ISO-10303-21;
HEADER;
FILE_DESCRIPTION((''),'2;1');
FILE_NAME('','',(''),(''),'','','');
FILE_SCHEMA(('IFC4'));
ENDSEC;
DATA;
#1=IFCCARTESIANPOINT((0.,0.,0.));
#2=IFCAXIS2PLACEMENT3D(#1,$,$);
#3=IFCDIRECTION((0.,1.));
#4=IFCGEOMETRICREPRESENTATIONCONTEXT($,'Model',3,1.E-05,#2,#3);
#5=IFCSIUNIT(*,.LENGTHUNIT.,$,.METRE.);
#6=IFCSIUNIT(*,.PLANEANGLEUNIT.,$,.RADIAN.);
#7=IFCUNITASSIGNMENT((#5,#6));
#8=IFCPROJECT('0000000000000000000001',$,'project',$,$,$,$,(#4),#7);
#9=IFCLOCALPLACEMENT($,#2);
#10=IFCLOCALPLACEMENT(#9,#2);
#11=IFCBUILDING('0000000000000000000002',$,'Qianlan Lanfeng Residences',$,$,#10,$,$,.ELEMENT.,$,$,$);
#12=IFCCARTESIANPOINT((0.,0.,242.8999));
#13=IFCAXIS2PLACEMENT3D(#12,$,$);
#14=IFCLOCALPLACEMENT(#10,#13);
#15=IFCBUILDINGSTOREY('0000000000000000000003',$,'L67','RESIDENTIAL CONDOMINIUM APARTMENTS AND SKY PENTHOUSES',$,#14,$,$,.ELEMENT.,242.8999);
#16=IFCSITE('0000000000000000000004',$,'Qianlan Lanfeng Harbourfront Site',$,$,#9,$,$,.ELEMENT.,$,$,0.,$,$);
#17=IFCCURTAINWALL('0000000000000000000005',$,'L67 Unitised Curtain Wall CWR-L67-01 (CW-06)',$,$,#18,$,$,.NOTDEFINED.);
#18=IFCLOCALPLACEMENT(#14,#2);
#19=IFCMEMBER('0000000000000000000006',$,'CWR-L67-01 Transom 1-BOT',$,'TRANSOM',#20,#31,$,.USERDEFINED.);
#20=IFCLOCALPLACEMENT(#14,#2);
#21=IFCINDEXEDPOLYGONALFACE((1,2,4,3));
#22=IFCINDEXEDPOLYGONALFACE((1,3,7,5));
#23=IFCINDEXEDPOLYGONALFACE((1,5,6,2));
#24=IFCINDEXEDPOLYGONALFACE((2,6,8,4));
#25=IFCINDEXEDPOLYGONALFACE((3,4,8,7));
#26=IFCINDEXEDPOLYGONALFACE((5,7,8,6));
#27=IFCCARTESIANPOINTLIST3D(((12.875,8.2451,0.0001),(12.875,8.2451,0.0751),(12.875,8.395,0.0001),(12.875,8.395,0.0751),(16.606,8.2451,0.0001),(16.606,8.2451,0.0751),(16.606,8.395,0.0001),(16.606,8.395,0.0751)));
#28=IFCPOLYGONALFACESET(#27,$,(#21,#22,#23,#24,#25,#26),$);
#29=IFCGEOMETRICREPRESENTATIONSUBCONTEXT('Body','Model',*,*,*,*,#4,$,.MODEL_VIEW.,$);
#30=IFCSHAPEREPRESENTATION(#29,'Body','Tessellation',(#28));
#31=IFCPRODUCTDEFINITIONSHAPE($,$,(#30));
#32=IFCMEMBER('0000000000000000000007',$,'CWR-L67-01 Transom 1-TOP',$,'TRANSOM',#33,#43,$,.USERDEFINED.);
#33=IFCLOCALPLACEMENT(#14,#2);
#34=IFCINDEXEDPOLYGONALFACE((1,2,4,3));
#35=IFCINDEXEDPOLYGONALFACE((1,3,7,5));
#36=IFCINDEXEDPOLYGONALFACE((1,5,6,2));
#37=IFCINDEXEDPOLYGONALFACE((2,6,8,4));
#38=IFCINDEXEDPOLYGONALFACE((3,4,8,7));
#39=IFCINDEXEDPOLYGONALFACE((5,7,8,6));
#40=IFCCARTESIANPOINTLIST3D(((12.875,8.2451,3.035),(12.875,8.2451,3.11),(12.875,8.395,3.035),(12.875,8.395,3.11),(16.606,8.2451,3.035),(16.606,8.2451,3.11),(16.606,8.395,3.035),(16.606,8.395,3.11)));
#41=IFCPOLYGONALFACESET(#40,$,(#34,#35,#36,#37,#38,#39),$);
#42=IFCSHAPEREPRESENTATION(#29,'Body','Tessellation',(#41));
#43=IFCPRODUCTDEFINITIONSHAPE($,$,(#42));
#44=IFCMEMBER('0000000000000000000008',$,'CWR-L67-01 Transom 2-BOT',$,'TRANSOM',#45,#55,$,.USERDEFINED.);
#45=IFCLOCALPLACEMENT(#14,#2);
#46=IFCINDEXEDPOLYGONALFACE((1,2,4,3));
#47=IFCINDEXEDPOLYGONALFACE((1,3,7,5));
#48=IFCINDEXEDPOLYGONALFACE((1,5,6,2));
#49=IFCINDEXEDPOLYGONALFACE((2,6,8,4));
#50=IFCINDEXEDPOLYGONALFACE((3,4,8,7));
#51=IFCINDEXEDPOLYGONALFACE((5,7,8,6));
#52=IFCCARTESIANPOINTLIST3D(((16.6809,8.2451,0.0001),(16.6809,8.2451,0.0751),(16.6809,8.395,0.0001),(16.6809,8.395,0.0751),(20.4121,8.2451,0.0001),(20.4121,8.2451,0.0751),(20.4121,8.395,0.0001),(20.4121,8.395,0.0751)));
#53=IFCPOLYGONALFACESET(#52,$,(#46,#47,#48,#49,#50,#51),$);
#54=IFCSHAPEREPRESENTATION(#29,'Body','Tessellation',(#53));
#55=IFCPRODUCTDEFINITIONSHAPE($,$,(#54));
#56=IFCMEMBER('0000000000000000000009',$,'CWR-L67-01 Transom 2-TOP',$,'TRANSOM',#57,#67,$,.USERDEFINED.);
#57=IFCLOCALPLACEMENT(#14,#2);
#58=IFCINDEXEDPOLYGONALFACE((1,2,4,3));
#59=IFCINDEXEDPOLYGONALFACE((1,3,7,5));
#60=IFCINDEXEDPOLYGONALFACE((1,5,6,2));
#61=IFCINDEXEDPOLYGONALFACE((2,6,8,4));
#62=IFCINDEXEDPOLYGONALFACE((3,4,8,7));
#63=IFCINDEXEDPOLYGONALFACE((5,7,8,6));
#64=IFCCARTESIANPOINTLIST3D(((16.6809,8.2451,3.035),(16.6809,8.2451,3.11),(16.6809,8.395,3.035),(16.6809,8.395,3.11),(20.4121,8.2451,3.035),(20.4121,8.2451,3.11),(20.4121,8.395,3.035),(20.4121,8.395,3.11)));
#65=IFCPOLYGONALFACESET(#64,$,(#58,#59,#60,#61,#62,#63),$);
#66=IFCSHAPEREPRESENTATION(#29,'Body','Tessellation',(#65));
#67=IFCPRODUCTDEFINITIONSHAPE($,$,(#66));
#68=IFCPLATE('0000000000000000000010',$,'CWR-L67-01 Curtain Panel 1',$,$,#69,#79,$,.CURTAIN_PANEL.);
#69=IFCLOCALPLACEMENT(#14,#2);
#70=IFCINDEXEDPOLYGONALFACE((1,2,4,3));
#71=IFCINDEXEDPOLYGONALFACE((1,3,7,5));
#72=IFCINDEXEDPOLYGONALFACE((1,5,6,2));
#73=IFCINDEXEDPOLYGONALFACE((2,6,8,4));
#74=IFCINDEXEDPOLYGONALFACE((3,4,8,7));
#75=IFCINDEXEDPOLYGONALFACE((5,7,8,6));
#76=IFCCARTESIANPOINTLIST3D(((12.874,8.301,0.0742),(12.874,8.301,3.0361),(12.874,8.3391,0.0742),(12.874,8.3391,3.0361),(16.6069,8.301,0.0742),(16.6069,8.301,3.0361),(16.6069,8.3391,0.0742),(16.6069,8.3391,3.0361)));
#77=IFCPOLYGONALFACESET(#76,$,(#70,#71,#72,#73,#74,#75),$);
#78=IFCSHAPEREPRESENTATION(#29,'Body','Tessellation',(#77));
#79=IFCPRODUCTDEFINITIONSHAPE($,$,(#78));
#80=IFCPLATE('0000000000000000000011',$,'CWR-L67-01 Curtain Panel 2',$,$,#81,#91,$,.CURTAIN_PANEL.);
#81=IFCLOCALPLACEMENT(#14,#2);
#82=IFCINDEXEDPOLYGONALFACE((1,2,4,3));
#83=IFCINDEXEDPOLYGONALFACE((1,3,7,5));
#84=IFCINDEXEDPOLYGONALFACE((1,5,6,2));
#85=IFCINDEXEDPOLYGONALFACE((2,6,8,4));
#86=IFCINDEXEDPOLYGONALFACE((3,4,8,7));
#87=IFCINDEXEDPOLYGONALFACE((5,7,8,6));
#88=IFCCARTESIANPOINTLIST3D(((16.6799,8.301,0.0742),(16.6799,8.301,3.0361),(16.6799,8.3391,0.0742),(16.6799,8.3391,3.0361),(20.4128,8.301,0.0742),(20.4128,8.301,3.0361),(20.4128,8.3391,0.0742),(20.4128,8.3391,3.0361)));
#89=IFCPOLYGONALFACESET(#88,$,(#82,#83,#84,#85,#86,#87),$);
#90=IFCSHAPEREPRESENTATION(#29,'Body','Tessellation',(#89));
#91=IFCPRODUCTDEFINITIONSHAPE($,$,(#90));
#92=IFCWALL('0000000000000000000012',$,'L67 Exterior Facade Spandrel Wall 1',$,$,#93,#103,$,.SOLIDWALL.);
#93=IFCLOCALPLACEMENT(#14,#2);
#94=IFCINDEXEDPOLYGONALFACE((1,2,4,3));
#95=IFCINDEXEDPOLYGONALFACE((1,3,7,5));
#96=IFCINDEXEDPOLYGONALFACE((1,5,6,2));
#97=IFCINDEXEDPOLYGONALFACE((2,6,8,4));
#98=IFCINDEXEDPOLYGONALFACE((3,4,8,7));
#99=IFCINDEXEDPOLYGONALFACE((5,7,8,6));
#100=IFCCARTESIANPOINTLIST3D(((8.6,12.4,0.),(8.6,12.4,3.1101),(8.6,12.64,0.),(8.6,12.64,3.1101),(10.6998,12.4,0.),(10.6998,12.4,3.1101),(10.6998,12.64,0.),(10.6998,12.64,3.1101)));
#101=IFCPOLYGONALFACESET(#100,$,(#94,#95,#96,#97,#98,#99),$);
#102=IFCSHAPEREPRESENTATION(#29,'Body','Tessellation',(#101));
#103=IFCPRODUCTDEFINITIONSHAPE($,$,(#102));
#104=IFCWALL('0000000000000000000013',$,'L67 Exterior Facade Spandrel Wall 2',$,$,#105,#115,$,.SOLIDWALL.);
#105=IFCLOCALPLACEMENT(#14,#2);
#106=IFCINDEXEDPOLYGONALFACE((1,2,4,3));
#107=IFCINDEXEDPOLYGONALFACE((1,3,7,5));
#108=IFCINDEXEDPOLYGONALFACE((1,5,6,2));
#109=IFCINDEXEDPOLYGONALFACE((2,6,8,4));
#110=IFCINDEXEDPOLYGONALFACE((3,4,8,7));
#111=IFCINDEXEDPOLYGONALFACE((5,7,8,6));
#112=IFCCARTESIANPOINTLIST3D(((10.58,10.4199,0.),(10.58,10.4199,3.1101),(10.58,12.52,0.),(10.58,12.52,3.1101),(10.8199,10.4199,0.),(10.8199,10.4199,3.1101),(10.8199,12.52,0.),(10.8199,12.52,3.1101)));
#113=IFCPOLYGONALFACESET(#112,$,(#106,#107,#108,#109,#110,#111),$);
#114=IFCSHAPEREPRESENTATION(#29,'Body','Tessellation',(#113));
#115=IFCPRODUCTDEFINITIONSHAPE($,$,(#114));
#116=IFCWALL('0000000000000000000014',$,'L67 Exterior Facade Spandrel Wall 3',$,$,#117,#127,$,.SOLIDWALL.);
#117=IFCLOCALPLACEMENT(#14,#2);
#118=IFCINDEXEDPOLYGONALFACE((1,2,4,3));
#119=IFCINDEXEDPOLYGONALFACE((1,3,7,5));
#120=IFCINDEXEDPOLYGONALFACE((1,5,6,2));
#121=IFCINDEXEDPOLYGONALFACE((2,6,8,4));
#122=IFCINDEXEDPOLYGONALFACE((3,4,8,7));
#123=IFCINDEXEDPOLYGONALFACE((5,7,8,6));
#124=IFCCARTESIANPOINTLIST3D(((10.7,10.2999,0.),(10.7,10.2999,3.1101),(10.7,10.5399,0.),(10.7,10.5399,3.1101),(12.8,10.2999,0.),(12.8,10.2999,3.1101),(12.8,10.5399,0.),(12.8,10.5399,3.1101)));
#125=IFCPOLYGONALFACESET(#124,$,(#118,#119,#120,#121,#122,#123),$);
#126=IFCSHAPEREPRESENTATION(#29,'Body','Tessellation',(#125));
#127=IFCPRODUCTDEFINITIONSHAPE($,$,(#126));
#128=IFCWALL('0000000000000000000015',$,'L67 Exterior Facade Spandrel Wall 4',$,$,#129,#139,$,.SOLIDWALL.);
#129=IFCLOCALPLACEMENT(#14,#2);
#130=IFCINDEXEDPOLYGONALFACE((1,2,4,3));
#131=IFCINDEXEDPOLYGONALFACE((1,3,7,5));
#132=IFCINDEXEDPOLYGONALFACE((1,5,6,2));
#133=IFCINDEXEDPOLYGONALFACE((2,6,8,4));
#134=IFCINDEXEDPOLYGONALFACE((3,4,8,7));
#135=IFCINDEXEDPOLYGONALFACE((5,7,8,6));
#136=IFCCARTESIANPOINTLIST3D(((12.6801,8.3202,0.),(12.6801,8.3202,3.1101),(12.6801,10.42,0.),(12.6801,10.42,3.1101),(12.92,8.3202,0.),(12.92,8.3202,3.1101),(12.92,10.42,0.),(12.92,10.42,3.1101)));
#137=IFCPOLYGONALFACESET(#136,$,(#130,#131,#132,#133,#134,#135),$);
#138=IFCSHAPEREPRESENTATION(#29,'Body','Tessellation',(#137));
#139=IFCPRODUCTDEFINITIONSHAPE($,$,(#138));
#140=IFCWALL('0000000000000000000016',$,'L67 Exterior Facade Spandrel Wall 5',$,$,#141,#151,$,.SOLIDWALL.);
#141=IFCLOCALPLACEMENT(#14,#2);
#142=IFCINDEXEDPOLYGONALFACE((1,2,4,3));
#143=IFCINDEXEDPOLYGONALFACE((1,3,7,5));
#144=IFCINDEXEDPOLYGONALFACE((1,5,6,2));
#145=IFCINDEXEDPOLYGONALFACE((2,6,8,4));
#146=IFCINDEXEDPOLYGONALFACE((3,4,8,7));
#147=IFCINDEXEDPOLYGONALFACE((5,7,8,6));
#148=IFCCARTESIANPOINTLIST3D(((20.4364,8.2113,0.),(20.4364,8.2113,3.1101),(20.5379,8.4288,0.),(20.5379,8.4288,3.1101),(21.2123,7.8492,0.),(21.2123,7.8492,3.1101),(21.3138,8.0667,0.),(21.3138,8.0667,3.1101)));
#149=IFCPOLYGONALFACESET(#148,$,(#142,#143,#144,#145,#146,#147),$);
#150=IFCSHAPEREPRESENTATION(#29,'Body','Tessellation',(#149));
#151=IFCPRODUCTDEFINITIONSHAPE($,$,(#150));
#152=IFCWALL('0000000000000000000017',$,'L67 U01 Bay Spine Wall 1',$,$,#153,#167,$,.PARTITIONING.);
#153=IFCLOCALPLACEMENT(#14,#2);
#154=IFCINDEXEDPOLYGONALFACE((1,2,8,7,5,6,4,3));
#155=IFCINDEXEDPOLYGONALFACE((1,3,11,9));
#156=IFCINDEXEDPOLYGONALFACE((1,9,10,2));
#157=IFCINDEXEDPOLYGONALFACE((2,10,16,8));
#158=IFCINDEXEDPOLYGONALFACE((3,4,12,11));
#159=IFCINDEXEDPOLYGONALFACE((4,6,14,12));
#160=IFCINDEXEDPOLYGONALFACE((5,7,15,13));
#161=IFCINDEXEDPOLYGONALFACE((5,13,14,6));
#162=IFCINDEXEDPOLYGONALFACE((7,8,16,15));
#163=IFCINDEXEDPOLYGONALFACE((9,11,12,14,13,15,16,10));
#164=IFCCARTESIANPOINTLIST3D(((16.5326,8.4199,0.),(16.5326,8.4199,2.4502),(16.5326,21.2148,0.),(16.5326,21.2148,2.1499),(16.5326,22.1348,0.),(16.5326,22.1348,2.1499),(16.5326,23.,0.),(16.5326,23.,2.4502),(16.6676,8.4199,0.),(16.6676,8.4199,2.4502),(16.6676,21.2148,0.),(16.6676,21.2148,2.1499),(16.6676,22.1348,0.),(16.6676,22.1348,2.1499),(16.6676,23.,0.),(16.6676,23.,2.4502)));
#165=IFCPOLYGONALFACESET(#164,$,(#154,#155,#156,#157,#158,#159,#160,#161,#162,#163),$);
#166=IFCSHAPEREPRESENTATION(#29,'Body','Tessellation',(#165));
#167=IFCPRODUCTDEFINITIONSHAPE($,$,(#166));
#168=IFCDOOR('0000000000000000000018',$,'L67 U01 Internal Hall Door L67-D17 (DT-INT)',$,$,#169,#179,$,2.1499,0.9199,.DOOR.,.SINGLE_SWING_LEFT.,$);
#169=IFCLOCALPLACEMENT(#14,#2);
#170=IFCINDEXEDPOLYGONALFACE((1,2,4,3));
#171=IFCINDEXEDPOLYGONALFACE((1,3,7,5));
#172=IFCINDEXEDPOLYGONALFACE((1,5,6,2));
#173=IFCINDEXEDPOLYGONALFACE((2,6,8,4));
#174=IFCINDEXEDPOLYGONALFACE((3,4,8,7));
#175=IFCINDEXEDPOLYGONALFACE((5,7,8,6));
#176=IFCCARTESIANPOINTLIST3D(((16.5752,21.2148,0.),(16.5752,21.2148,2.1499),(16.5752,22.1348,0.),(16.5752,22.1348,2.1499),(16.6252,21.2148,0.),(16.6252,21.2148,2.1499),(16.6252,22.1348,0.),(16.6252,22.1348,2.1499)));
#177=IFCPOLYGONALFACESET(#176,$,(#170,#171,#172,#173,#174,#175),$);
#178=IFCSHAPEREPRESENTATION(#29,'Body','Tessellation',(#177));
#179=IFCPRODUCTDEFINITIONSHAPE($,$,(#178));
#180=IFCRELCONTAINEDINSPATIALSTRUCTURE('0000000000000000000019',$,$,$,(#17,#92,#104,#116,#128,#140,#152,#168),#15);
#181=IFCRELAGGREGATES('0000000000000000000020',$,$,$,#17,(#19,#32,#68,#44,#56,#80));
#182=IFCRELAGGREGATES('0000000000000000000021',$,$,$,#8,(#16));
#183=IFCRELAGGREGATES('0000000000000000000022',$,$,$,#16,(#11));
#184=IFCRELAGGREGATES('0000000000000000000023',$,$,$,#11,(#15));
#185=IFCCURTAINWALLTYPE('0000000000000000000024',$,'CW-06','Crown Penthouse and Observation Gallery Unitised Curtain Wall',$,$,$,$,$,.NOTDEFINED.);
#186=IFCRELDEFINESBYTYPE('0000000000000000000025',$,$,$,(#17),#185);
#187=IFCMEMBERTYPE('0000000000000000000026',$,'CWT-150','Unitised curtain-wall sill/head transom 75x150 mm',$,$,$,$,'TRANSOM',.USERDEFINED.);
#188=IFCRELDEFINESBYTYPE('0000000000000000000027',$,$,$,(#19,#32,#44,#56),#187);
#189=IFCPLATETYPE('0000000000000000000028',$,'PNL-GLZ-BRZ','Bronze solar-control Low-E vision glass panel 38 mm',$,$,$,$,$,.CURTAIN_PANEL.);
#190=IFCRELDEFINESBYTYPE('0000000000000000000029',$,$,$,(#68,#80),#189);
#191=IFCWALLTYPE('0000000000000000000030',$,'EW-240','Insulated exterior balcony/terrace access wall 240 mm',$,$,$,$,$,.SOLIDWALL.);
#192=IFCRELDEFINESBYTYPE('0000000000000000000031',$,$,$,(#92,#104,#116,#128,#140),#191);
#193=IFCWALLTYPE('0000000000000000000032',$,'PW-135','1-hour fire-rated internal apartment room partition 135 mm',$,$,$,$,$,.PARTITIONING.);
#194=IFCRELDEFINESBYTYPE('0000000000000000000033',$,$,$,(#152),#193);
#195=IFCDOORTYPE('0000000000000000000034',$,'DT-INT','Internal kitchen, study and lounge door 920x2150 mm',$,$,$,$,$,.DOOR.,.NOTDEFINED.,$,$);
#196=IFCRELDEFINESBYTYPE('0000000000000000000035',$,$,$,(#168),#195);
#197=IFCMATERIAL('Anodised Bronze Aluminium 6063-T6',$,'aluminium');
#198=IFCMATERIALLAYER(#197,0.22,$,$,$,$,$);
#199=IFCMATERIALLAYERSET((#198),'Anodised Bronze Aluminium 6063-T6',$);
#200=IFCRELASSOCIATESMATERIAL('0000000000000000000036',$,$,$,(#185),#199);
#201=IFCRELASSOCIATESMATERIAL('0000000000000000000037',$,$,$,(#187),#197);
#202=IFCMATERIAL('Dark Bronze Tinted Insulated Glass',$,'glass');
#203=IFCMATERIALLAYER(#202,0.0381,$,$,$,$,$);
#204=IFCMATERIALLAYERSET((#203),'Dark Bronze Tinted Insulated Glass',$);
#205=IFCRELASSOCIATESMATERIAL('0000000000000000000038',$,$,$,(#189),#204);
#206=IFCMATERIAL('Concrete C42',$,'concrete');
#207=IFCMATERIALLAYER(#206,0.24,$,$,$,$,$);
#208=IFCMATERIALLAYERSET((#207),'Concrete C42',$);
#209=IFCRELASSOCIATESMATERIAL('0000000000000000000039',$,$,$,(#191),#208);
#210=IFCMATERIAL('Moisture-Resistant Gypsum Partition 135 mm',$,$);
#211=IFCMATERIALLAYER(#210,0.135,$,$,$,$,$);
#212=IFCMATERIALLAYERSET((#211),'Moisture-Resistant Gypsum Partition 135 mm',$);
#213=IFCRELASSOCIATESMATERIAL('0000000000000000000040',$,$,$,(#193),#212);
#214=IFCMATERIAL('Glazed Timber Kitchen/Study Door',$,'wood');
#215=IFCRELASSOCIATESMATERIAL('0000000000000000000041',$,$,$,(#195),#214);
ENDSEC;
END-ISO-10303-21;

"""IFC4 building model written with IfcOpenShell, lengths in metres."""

from ifc_helpers import new_model, si_unit, direction, frame, frame_2d, origin, origin_2d, place, context, subcontext, project, spatial, rectangle, extrude, source, transform, mapped, material, layer, layer_set, material_profile, profile_set, type_object, element, fill, aggregate, save


model = new_model("IFC4")

# Units and contexts
model_context = context("Model", 3, precision=1e-05, world=origin(), true_north=direction((0.0, 1.0)))
body_context = subcontext(model_context, "Body", "Model", "MODEL_VIEW")
ifc_project = project(units=[si_unit("LENGTHUNIT", "METRE"), si_unit("PLANEANGLEUNIT", "RADIAN")], contexts=[model_context])

# Site, building, storey
site_placement = place(None, origin())
site = spatial("IfcSite", under=ifc_project, at=site_placement, Name="Qianlan Lanfeng Harbourfront Site", CompositionType="ELEMENT", RefElevation=0.0)
building_placement = place(site_placement, origin())
building = spatial("IfcBuilding", under=site, at=building_placement, Name="Qianlan Lanfeng Residences", CompositionType="ELEMENT")
storey_placement = place(building_placement, frame((0.0, 0.0, 242.8999)))
storey = spatial("IfcBuildingStorey", under=building, at=storey_placement, Name="L67", Description="RESIDENTIAL CONDOMINIUM APARTMENTS AND SKY PENTHOUSES", CompositionType="ELEMENT", Elevation=242.8999)

# Curtain wall
ifc_material_1 = material(Name="Anodised Bronze Aluminium 6063-T6", Category="aluminium")
ifc_layer_1 = layer(ifc_material_1, 0.22)
ifc_layer_set_1 = layer_set([ifc_layer_1], Name="Anodised Bronze Aluminium 6063-T6")
curtain_wall_type = type_object("IfcCurtainWallType", Name="CW-06", Description="Crown Penthouse and Observation Gallery Unitised Curtain Wall", PredefinedType="NOTDEFINED", material=ifc_layer_set_1)
curtain_wall_1_placement = place(storey_placement, origin())
curtain_wall_1 = element("IfcCurtainWall", 1, at=curtain_wall_1_placement, inside=storey, type_object=curtain_wall_type, Name="L67 Unitised Curtain Wall CWR-L67-01 (CW-06)", PredefinedType="NOTDEFINED")

# Members
ifc_material_profile_1 = material_profile(ifc_material_1, rectangle(XDim=0.075, YDim=0.1499, at=origin_2d()), Name="ALU TRANSOM 75x150")
ifc_profile_set_1 = profile_set([ifc_material_profile_1], Name="Anodised Bronze Aluminium 6063-T6")
member_type_1 = type_object("IfcMemberType", Name="CWT-150", Description="Unitised curtain-wall sill/head transom 75x150 mm", ElementType="TRANSOM", PredefinedType="USERDEFINED", material=ifc_profile_set_1)
shared_shape_1 = source(origin(), body_context, "Body", "SweptSolid", [
    extrude(rectangle(XDim=0.075, YDim=0.1499, at=origin_2d()), origin(), (0.0, 0.0, 1.0), 3.731),
])
member_1_placement = place(storey_placement, frame((12.875, 8.3201, 0.0376), z_axis=(1.0, 0.0, 0.0), x_axis=(0.0, 0.0, 1.0)))
member_1 = element("IfcMember", 2, at=member_1_placement, type_object=member_type_1, Name="CWR-L67-01 Transom 1-BOT", ObjectType="TRANSOM", PredefinedType="USERDEFINED", context=body_context, shape_type="MappedRepresentation", body=[
    mapped(shared_shape_1, transform((0.0, 0.0, 0.0), scale=1.0)),
])
member_2_placement = place(storey_placement, frame((12.875, 8.3201, 3.0725), z_axis=(1.0, 0.0, 0.0), x_axis=(0.0, 0.0, 1.0)))
member_2 = element("IfcMember", 3, at=member_2_placement, type_object=member_type_1, Name="CWR-L67-01 Transom 1-TOP", ObjectType="TRANSOM", PredefinedType="USERDEFINED", context=body_context, shape_type="MappedRepresentation", body=[
    mapped(shared_shape_1, transform((0.0, 0.0, 0.0), scale=1.0)),
])
shared_shape_2 = source(origin(), body_context, "Body", "SweptSolid", [
    extrude(rectangle(XDim=0.075, YDim=0.1499, at=origin_2d()), origin(), (0.0, 0.0, 1.0), 3.7312),
])
member_3_placement = place(storey_placement, frame((16.6809, 8.3201, 0.0376), z_axis=(1.0, 0.0, 0.0), x_axis=(0.0, 0.0, 1.0)))
member_3 = element("IfcMember", 4, at=member_3_placement, type_object=member_type_1, Name="CWR-L67-01 Transom 2-BOT", ObjectType="TRANSOM", PredefinedType="USERDEFINED", context=body_context, shape_type="MappedRepresentation", body=[
    mapped(shared_shape_2, transform((0.0, 0.0, 0.0), scale=1.0)),
])
member_4_placement = place(storey_placement, frame((16.6809, 8.3201, 3.0725), z_axis=(1.0, 0.0, 0.0), x_axis=(0.0, 0.0, 1.0)))
member_4 = element("IfcMember", 5, at=member_4_placement, type_object=member_type_1, Name="CWR-L67-01 Transom 2-TOP", ObjectType="TRANSOM", PredefinedType="USERDEFINED", context=body_context, shape_type="MappedRepresentation", body=[
    mapped(shared_shape_2, transform((0.0, 0.0, 0.0), scale=1.0)),
])

# Plates
ifc_material_2 = material(Name="Dark Bronze Tinted Insulated Glass", Category="glass")
ifc_layer_2 = layer(ifc_material_2, 0.0381)
ifc_layer_set_2 = layer_set([ifc_layer_2], Name="Dark Bronze Tinted Insulated Glass")
plate_type = type_object("IfcPlateType", Name="PNL-GLZ-BRZ", Description="Bronze solar-control Low-E vision glass panel 38 mm", PredefinedType="CURTAIN_PANEL", material=ifc_layer_set_2)
shared_shape_3 = source(origin(), body_context, "Body", "SweptSolid", [
    extrude(rectangle(XDim=3.7329, YDim=0.0381, at=origin_2d()), origin(), (0.0, 0.0, 1.0), 2.9619),
])
plate_1_placement = place(storey_placement, frame((14.7405, 8.3201, 0.0742), z_axis=(0.0, 0.0, 1.0), x_axis=(1.0, 0.0, 0.0)))
plate_1 = element("IfcPlate", 6, at=plate_1_placement, type_object=plate_type, Name="CWR-L67-01 Curtain Panel 1", PredefinedType="CURTAIN_PANEL", context=body_context, shape_type="MappedRepresentation", body=[
    mapped(shared_shape_3, transform((0.0, 0.0, 0.0), scale=1.0)),
])
plate_2_placement = place(storey_placement, frame((18.5464, 8.3201, 0.0742), z_axis=(0.0, 0.0, 1.0), x_axis=(1.0, 0.0, 0.0)))
plate_2 = element("IfcPlate", 7, at=plate_2_placement, type_object=plate_type, Name="CWR-L67-01 Curtain Panel 2", PredefinedType="CURTAIN_PANEL", context=body_context, shape_type="MappedRepresentation", body=[
    mapped(shared_shape_3, transform((0.0, 0.0, 0.0), scale=1.0)),
])
aggregate(curtain_wall_1, [member_1, member_2, plate_1, member_3, member_4, plate_2])

# Walls
ifc_material_3 = material(Name="Concrete C42", Category="concrete")
ifc_layer_3 = layer(ifc_material_3, 0.24)
ifc_layer_set_3 = layer_set([ifc_layer_3], Name="Concrete C42")
wall_type_1 = type_object("IfcWallType", Name="EW-240", Description="Insulated exterior balcony/terrace access wall 240 mm", PredefinedType="SOLIDWALL", material=ifc_layer_set_3)
wall_1_placement = place(storey_placement, frame((8.6001, 12.52, 0.0), z_axis=(0.0, 0.0, 1.0), x_axis=(1.0, 0.0, 0.0)))
element("IfcWall", 8, at=wall_1_placement, inside=storey, type_object=wall_type_1, Name="L67 Exterior Facade Spandrel Wall 1", PredefinedType="SOLIDWALL", context=body_context, shape_type="SweptSolid", body=[
    extrude(rectangle(XDim=2.0999, YDim=0.24, at=frame_2d((1.0498, 0.0))), origin(), (0.0, 0.0, 1.0), 3.1101),
])
for number, where, z_axis, x_axis, name in (
    (9, (10.7, 12.52, 0.0), (0.0, 0.0, 1.0), (0.0, -1.0, 0.0), "L67 Exterior Facade Spandrel Wall 2"),
    (10, (10.7, 10.4199, 0.0), (0.0, 0.0, 1.0), (1.0, 0.0, 0.0), "L67 Exterior Facade Spandrel Wall 3"),
):
    element("IfcWall", number, at=place(storey_placement, frame(where, z_axis=z_axis, x_axis=x_axis)), inside=storey, type_object=wall_type_1, Name=name, PredefinedType="SOLIDWALL", context=body_context, shape_type="SweptSolid", body=[
        extrude(rectangle(XDim=2.1001, YDim=0.24, at=frame_2d((1.05, 0.0))), origin(), (0.0, 0.0, 1.0), 3.1101),
    ])
wall_2_placement = place(storey_placement, frame((12.8, 10.4199, 0.0), z_axis=(0.0, 0.0, 1.0), x_axis=(0.0, -1.0, 0.0)))
element("IfcWall", 11, at=wall_2_placement, inside=storey, type_object=wall_type_1, Name="L67 Exterior Facade Spandrel Wall 4", PredefinedType="SOLIDWALL", context=body_context, shape_type="SweptSolid", body=[
    extrude(rectangle(XDim=2.0999, YDim=0.24, at=frame_2d((1.0498, 0.0))), origin(), (0.0, 0.0, 1.0), 3.1101),
])
wall_3_placement = place(storey_placement, frame((20.4871, 8.3201, 0.0), z_axis=(0.0, 0.0, 1.0), x_axis=(0.90619, -0.42287, 0.0)))
element("IfcWall", 12, at=wall_3_placement, inside=storey, type_object=wall_type_1, Name="L67 Exterior Facade Spandrel Wall 5", PredefinedType="SOLIDWALL", context=body_context, shape_type="SweptSolid", body=[
    extrude(rectangle(XDim=0.8562, YDim=0.24, at=frame_2d((0.4282, 0.0))), origin(), (0.0, 0.0, 1.0), 3.1101),
])

# Wall, opening, door
ifc_material_4 = material(Name="Moisture-Resistant Gypsum Partition 135 mm")
ifc_layer_4 = layer(ifc_material_4, 0.135)
ifc_layer_set_4 = layer_set([ifc_layer_4], Name="Moisture-Resistant Gypsum Partition 135 mm")
wall_type_2 = type_object("IfcWallType", Name="PW-135", Description="1-hour fire-rated internal apartment room partition 135 mm", PredefinedType="PARTITIONING", material=ifc_layer_set_4)
wall_4_placement = place(storey_placement, frame((16.6001, 8.4199, 0.0), z_axis=(0.0, 0.0, 1.0), x_axis=(0.0, 1.0, 0.0)))
wall_4 = element("IfcWall", 13, at=wall_4_placement, inside=storey, type_object=wall_type_2, Name="L67 U01 Bay Spine Wall 1", PredefinedType="PARTITIONING", context=body_context, shape_type="SweptSolid", body=[
    extrude(rectangle(XDim=14.5801, YDim=0.135, at=frame_2d((7.29, 0.0))), origin(), (0.0, 0.0, 1.0), 2.4502),
])
opening_1_placement = place(wall_4_placement, frame((12.7949, 0.0, 0.0)))
opening_1 = element("IfcOpeningElement", 14, at=opening_1_placement, cuts=wall_4, PredefinedType="OPENING", context=body_context, shape_type="SweptSolid", body=[
    extrude(rectangle(XDim=0.9199, YDim=2.1499, at=frame_2d((0.46, 1.075))), frame((0.0, 0.0776, 0.0), z_axis=(0.0, -1.0, 0.0), x_axis=(1.0, 0.0, 0.0)), (0.0, 0.0, 1.0), 0.155),
])
ifc_material_5 = material(Name="Glazed Timber Kitchen/Study Door", Category="wood")
door_type_1 = type_object("IfcDoorType", Name="DT-INT", Description="Internal kitchen, study and lounge door 920x2150 mm", OperationType="NOTDEFINED", PredefinedType="DOOR", material=ifc_material_5)
door_1_placement = place(opening_1_placement, origin())
door_1 = element("IfcDoor", 15, at=door_1_placement, inside=storey, type_object=door_type_1, Name="L67 U01 Internal Hall Door L67-D17 (DT-INT)", OperationType="SINGLE_SWING_LEFT", OverallHeight=2.1499, OverallWidth=0.9199, PredefinedType="DOOR", context=body_context, shape_type="SweptSolid", body=[
    extrude(rectangle(XDim=0.9199, YDim=2.1499, at=frame_2d((0.46, 1.075))), frame((0.0, 0.0249, 0.0), z_axis=(0.0, -1.0, 0.0), x_axis=(1.0, 0.0, 0.0)), (0.0, 0.0, 1.0), 0.05),
])
fill(opening_1, door_1)

save(model, "model.ifc")
